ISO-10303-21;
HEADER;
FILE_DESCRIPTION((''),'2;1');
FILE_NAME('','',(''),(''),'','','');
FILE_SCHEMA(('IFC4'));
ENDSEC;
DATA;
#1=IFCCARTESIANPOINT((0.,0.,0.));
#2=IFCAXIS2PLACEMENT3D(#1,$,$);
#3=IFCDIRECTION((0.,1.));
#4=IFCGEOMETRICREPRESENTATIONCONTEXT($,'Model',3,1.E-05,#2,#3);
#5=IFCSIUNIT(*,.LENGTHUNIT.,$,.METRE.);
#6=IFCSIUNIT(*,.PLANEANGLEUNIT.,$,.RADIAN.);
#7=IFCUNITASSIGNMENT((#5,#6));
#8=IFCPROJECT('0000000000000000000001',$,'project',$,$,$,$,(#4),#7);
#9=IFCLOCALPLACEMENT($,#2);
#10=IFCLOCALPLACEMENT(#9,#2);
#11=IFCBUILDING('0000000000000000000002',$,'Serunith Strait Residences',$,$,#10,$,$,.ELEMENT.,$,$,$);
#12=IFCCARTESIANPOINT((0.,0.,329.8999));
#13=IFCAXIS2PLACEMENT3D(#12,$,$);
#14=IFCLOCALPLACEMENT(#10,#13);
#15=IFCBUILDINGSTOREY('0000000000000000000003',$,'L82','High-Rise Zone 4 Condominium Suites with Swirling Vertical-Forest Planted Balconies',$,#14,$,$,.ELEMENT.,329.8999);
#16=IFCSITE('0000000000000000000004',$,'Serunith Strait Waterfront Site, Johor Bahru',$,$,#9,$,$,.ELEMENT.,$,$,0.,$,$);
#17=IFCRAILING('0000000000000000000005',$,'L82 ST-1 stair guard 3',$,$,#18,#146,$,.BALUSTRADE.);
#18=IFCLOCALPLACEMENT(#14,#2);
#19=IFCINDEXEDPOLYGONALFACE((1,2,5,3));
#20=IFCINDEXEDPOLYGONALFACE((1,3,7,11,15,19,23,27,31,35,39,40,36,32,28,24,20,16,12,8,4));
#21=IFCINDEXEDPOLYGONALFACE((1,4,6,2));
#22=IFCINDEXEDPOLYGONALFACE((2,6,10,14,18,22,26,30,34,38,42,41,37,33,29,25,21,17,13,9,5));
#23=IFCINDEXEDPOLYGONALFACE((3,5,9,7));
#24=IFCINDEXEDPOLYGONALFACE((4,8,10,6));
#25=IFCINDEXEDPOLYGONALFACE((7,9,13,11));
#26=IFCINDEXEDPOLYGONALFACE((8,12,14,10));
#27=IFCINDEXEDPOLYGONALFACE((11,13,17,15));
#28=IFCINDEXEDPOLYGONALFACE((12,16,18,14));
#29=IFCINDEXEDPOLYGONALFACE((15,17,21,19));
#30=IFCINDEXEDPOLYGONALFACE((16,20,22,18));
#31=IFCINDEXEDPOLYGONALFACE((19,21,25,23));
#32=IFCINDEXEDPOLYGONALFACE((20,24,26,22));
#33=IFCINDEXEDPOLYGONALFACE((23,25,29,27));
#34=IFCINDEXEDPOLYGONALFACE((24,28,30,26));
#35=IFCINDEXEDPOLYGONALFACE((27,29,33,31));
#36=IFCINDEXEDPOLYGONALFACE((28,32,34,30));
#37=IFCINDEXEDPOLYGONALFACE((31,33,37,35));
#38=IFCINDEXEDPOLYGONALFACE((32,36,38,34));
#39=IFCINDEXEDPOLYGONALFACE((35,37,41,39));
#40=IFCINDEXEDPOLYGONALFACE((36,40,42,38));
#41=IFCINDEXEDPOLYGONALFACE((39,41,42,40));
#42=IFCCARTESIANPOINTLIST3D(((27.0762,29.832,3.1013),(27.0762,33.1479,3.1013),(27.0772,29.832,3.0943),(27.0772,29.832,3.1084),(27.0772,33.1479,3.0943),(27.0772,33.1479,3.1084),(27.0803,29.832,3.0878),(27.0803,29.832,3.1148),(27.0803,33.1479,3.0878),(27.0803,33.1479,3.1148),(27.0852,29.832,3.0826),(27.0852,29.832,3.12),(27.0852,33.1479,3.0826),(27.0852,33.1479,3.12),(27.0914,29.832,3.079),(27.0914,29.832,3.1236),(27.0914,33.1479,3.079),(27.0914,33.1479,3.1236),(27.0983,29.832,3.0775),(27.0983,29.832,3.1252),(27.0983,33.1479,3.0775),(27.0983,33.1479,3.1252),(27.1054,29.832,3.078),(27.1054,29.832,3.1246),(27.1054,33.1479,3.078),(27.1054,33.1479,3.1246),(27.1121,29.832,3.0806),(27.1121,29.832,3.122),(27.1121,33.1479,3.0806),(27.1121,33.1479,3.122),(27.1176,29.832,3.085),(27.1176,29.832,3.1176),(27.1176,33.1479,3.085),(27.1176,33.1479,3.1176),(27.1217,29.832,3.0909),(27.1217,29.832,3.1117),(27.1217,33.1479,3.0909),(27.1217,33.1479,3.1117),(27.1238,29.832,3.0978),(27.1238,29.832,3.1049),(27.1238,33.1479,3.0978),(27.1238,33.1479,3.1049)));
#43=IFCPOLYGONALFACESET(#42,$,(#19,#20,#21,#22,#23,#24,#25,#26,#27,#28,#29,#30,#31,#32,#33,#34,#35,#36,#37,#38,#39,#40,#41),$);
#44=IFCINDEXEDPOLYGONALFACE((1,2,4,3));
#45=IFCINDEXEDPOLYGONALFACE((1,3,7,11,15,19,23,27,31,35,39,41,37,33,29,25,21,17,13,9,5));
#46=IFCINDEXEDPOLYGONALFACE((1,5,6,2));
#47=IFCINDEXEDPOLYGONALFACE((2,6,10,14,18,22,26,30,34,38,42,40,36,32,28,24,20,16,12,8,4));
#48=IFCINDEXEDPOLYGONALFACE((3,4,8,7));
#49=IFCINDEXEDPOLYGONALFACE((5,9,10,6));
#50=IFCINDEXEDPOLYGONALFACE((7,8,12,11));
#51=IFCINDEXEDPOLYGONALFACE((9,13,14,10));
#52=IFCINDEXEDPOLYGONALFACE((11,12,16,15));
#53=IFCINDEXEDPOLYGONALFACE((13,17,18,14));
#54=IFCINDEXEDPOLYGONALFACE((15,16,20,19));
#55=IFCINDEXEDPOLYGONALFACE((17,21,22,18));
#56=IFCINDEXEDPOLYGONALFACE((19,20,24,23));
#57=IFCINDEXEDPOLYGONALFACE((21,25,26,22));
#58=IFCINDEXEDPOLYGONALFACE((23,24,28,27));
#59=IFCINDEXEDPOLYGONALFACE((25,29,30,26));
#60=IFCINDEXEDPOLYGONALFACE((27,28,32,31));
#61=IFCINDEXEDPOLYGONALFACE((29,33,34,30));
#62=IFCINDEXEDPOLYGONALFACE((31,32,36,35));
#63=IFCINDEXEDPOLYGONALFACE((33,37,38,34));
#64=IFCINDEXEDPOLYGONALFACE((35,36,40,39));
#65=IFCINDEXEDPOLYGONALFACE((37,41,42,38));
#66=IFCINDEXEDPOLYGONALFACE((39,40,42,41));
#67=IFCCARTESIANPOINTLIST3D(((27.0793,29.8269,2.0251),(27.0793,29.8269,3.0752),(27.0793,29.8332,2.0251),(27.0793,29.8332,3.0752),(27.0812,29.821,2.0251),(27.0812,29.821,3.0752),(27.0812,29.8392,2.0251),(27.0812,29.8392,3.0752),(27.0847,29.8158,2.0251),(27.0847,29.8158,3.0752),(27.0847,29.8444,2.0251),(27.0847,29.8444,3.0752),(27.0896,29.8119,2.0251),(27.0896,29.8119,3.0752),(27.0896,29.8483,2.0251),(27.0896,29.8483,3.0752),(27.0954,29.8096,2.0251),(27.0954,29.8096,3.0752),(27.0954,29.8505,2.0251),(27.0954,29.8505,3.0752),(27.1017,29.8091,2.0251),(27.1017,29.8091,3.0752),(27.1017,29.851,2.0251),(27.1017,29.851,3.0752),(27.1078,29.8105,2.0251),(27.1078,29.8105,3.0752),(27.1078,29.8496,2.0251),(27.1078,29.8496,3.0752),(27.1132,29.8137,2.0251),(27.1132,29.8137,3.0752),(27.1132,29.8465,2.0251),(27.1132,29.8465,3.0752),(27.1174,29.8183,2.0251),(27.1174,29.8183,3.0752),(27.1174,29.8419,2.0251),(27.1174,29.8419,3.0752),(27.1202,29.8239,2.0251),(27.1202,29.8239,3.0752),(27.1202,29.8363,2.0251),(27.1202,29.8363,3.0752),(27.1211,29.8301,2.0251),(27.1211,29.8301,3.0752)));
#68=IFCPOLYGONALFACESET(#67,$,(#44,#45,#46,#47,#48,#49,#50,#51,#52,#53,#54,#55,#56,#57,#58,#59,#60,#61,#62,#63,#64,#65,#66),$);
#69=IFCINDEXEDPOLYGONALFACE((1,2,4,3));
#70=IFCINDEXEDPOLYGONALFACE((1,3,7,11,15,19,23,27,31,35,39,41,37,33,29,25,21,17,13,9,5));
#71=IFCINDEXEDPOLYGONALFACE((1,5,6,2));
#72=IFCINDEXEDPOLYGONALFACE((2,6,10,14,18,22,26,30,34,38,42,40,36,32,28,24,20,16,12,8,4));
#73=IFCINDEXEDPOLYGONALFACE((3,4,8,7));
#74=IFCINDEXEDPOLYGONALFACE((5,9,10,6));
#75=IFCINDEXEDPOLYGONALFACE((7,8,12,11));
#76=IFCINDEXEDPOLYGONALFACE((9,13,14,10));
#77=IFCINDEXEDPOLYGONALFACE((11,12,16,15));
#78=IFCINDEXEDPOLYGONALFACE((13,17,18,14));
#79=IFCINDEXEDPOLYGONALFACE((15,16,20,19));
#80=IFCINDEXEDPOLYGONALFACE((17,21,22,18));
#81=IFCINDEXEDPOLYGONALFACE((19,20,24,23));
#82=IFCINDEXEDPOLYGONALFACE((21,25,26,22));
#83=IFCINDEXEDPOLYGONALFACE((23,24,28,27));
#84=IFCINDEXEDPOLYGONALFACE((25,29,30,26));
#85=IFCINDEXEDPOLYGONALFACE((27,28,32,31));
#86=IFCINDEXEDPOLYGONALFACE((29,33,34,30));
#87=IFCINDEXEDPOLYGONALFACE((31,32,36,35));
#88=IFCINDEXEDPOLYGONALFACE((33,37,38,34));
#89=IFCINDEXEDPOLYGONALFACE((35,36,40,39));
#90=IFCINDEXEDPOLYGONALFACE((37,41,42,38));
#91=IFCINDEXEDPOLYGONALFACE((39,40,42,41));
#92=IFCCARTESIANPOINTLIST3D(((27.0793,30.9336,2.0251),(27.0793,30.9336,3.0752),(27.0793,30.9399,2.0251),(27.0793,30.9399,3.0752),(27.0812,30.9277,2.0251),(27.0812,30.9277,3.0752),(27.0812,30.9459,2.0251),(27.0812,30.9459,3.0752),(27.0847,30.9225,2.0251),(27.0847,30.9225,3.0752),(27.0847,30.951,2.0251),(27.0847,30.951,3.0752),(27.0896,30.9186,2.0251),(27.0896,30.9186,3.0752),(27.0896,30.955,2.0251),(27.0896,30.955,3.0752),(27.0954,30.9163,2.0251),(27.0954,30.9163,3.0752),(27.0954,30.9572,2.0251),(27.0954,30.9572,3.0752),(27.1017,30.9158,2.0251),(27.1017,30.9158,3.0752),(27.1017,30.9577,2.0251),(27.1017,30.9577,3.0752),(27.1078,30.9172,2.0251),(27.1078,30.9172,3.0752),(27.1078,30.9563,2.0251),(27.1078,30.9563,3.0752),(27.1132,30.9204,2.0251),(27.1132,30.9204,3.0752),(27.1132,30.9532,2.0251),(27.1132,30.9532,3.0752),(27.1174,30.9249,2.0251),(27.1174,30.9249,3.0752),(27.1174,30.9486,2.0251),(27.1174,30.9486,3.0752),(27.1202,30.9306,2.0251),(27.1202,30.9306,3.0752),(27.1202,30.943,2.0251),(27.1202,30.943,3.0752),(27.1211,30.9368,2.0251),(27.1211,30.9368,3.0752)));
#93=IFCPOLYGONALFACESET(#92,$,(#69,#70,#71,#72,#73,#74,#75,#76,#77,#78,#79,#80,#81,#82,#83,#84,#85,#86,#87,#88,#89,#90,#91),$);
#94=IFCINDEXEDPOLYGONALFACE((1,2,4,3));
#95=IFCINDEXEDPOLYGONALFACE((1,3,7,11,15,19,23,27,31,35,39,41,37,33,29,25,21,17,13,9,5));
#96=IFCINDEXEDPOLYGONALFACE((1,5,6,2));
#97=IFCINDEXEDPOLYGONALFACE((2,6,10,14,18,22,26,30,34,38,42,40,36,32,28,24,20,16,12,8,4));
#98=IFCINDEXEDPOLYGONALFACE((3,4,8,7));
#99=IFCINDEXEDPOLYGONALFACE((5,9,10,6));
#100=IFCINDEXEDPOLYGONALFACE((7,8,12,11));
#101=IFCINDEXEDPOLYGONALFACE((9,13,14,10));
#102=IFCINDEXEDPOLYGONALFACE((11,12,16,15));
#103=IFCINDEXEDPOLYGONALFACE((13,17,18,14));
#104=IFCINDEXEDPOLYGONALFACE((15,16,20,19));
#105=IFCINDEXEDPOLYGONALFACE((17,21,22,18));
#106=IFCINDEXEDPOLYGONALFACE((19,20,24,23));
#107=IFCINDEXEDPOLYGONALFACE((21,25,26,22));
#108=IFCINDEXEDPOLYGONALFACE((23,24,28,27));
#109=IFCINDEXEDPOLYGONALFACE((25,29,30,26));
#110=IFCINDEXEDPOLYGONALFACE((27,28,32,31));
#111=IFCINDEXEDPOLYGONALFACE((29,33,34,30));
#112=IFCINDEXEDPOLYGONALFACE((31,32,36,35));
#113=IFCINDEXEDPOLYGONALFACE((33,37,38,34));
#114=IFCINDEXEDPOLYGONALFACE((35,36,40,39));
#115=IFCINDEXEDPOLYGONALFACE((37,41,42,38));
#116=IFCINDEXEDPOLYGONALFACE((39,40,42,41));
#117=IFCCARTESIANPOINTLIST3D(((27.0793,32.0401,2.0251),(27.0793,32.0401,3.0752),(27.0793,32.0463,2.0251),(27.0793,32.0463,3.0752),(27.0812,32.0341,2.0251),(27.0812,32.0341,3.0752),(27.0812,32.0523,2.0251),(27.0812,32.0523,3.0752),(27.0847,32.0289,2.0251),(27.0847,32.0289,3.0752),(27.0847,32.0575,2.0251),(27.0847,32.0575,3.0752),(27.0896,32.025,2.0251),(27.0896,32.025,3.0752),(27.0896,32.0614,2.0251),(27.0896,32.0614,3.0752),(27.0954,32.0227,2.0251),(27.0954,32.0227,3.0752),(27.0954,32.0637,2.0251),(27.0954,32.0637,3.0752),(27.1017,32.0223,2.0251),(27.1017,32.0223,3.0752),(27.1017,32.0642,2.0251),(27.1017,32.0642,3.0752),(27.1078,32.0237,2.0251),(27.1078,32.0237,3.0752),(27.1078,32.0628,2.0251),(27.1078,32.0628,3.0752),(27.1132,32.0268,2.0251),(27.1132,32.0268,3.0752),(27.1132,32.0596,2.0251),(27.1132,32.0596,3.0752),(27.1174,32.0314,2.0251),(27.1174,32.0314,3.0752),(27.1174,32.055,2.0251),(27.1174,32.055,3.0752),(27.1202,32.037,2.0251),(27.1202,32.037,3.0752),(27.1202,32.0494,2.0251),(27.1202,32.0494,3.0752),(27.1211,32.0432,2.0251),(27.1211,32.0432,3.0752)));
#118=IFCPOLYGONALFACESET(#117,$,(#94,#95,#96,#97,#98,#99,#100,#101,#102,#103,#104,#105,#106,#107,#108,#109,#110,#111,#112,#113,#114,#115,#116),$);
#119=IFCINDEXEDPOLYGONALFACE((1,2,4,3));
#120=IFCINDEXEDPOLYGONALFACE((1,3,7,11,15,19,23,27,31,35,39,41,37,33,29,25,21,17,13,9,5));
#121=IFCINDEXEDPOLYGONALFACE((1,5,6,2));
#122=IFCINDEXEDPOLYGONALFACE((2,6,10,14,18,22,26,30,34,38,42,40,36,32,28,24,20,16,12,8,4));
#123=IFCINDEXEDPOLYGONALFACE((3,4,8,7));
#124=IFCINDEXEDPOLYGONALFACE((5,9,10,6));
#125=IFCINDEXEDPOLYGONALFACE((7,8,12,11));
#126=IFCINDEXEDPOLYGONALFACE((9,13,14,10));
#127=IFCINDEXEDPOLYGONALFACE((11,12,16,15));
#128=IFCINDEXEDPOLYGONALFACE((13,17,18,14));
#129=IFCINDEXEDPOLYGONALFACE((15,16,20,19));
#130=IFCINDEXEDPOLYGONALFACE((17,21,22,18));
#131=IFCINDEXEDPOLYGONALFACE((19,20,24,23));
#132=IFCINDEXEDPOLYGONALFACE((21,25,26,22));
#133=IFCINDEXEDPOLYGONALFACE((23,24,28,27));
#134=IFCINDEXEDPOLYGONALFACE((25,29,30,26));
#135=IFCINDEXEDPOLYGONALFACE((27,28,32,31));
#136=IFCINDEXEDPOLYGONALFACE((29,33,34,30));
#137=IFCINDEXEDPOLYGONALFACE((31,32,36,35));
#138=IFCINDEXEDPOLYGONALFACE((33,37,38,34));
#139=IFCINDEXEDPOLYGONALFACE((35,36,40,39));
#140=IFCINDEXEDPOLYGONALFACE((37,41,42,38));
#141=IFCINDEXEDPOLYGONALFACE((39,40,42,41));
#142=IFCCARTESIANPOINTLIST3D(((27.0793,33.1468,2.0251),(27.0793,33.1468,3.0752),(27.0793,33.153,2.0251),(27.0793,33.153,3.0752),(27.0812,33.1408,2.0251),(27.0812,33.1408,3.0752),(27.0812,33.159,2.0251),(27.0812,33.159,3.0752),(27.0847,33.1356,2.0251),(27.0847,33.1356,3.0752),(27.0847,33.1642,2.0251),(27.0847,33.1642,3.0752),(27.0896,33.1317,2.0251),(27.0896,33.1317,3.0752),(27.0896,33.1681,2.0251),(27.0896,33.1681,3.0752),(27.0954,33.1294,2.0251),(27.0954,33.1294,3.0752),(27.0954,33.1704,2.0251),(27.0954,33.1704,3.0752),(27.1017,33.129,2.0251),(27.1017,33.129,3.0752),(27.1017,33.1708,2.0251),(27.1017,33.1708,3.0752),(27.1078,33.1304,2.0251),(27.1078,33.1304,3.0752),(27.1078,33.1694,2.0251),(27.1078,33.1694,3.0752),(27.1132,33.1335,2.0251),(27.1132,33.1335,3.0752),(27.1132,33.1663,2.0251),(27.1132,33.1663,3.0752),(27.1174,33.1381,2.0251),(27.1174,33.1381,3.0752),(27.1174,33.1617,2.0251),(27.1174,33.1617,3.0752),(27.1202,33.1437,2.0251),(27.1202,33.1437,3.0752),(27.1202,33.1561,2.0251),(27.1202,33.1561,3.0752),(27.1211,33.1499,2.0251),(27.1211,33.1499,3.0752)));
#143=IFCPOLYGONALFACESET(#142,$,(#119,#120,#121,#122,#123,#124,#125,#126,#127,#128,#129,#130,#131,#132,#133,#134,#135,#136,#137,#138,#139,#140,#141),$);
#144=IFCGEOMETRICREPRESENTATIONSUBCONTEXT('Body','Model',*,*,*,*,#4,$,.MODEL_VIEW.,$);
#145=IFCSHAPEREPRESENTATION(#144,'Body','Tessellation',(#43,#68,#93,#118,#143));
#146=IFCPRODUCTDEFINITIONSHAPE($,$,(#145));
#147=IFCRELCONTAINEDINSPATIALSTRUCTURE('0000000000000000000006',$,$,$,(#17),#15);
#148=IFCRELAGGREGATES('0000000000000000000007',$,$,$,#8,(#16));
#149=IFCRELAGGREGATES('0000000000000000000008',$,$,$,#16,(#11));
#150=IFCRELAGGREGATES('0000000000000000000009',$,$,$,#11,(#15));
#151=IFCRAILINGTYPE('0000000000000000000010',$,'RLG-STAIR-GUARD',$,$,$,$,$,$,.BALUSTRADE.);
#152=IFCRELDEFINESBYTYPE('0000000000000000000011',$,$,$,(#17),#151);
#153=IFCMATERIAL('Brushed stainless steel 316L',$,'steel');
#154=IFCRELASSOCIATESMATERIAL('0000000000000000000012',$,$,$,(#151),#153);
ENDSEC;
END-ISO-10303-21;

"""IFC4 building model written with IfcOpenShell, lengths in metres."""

from ifc_helpers import new_model, si_unit, direction, frame, origin, origin_2d, place, context, subcontext, project, spatial, circle, extrude, material, type_object, element, save


model = new_model("IFC4")

# Units and contexts
model_context = context("Model", 3, precision=1e-05, world=origin(), true_north=direction((0.0, 1.0)))
body_context = subcontext(model_context, "Body", "Model", "MODEL_VIEW")
ifc_project = project(units=[si_unit("LENGTHUNIT", "METRE"), si_unit("PLANEANGLEUNIT", "RADIAN")], contexts=[model_context])

# Site, building, storey
site_placement = place(None, origin())
site = spatial("IfcSite", under=ifc_project, at=site_placement, Name="Serunith Strait Waterfront Site, Johor Bahru", CompositionType="ELEMENT", RefElevation=0.0)
building_placement = place(site_placement, origin())
building = spatial("IfcBuilding", under=site, at=building_placement, Name="Serunith Strait Residences", CompositionType="ELEMENT")
storey_placement = place(building_placement, frame((0.0, 0.0, 329.8999)))
storey = spatial("IfcBuildingStorey", under=building, at=storey_placement, Name="L82", Description="High-Rise Zone 4 Condominium Suites with Swirling Vertical-Forest Planted Balconies", CompositionType="ELEMENT", Elevation=329.8999)

# Railing
ifc_material_1 = material(Name="Brushed stainless steel 316L", Category="steel")
railing_type_1 = type_object("IfcRailingType", Name="RLG-STAIR-GUARD", PredefinedType="BALUSTRADE", material=ifc_material_1)
for number, where, name in (
    (1, (27.1001, 29.8301, 2.0251), "L82 ST-1 stair guard 3"),
):
    element("IfcRailing", number, at=place(storey_placement, frame(where)), inside=storey, type_object=railing_type_1, Name=name, PredefinedType="BALUSTRADE", context=body_context, shape_type="SweptSolid", body=[
        extrude(circle(Radius=0.0239, at=origin_2d()), frame((0.0, 0.002, 1.0762), z_axis=(0.0, 1.0, 0.0), x_axis=(-1.0, 0.0, 0.0)), (0.0, 0.0, 1.0), 3.3159),
        extrude(circle(Radius=0.021, at=origin_2d()), origin(), (0.0, 0.0, 1.0), 1.05),
        extrude(circle(Radius=0.021, at=origin_2d()), frame((0.0, 1.1067, 0.0)), (0.0, 0.0, 1.0), 1.05),
        extrude(circle(Radius=0.021, at=origin_2d()), frame((0.0, 2.2131, 0.0)), (0.0, 0.0, 1.0), 1.05),
        extrude(circle(Radius=0.021, at=origin_2d()), frame((0.0, 3.3198, 0.0)), (0.0, 0.0, 1.0), 1.05),
    ])

save(model, "model.ifc")
